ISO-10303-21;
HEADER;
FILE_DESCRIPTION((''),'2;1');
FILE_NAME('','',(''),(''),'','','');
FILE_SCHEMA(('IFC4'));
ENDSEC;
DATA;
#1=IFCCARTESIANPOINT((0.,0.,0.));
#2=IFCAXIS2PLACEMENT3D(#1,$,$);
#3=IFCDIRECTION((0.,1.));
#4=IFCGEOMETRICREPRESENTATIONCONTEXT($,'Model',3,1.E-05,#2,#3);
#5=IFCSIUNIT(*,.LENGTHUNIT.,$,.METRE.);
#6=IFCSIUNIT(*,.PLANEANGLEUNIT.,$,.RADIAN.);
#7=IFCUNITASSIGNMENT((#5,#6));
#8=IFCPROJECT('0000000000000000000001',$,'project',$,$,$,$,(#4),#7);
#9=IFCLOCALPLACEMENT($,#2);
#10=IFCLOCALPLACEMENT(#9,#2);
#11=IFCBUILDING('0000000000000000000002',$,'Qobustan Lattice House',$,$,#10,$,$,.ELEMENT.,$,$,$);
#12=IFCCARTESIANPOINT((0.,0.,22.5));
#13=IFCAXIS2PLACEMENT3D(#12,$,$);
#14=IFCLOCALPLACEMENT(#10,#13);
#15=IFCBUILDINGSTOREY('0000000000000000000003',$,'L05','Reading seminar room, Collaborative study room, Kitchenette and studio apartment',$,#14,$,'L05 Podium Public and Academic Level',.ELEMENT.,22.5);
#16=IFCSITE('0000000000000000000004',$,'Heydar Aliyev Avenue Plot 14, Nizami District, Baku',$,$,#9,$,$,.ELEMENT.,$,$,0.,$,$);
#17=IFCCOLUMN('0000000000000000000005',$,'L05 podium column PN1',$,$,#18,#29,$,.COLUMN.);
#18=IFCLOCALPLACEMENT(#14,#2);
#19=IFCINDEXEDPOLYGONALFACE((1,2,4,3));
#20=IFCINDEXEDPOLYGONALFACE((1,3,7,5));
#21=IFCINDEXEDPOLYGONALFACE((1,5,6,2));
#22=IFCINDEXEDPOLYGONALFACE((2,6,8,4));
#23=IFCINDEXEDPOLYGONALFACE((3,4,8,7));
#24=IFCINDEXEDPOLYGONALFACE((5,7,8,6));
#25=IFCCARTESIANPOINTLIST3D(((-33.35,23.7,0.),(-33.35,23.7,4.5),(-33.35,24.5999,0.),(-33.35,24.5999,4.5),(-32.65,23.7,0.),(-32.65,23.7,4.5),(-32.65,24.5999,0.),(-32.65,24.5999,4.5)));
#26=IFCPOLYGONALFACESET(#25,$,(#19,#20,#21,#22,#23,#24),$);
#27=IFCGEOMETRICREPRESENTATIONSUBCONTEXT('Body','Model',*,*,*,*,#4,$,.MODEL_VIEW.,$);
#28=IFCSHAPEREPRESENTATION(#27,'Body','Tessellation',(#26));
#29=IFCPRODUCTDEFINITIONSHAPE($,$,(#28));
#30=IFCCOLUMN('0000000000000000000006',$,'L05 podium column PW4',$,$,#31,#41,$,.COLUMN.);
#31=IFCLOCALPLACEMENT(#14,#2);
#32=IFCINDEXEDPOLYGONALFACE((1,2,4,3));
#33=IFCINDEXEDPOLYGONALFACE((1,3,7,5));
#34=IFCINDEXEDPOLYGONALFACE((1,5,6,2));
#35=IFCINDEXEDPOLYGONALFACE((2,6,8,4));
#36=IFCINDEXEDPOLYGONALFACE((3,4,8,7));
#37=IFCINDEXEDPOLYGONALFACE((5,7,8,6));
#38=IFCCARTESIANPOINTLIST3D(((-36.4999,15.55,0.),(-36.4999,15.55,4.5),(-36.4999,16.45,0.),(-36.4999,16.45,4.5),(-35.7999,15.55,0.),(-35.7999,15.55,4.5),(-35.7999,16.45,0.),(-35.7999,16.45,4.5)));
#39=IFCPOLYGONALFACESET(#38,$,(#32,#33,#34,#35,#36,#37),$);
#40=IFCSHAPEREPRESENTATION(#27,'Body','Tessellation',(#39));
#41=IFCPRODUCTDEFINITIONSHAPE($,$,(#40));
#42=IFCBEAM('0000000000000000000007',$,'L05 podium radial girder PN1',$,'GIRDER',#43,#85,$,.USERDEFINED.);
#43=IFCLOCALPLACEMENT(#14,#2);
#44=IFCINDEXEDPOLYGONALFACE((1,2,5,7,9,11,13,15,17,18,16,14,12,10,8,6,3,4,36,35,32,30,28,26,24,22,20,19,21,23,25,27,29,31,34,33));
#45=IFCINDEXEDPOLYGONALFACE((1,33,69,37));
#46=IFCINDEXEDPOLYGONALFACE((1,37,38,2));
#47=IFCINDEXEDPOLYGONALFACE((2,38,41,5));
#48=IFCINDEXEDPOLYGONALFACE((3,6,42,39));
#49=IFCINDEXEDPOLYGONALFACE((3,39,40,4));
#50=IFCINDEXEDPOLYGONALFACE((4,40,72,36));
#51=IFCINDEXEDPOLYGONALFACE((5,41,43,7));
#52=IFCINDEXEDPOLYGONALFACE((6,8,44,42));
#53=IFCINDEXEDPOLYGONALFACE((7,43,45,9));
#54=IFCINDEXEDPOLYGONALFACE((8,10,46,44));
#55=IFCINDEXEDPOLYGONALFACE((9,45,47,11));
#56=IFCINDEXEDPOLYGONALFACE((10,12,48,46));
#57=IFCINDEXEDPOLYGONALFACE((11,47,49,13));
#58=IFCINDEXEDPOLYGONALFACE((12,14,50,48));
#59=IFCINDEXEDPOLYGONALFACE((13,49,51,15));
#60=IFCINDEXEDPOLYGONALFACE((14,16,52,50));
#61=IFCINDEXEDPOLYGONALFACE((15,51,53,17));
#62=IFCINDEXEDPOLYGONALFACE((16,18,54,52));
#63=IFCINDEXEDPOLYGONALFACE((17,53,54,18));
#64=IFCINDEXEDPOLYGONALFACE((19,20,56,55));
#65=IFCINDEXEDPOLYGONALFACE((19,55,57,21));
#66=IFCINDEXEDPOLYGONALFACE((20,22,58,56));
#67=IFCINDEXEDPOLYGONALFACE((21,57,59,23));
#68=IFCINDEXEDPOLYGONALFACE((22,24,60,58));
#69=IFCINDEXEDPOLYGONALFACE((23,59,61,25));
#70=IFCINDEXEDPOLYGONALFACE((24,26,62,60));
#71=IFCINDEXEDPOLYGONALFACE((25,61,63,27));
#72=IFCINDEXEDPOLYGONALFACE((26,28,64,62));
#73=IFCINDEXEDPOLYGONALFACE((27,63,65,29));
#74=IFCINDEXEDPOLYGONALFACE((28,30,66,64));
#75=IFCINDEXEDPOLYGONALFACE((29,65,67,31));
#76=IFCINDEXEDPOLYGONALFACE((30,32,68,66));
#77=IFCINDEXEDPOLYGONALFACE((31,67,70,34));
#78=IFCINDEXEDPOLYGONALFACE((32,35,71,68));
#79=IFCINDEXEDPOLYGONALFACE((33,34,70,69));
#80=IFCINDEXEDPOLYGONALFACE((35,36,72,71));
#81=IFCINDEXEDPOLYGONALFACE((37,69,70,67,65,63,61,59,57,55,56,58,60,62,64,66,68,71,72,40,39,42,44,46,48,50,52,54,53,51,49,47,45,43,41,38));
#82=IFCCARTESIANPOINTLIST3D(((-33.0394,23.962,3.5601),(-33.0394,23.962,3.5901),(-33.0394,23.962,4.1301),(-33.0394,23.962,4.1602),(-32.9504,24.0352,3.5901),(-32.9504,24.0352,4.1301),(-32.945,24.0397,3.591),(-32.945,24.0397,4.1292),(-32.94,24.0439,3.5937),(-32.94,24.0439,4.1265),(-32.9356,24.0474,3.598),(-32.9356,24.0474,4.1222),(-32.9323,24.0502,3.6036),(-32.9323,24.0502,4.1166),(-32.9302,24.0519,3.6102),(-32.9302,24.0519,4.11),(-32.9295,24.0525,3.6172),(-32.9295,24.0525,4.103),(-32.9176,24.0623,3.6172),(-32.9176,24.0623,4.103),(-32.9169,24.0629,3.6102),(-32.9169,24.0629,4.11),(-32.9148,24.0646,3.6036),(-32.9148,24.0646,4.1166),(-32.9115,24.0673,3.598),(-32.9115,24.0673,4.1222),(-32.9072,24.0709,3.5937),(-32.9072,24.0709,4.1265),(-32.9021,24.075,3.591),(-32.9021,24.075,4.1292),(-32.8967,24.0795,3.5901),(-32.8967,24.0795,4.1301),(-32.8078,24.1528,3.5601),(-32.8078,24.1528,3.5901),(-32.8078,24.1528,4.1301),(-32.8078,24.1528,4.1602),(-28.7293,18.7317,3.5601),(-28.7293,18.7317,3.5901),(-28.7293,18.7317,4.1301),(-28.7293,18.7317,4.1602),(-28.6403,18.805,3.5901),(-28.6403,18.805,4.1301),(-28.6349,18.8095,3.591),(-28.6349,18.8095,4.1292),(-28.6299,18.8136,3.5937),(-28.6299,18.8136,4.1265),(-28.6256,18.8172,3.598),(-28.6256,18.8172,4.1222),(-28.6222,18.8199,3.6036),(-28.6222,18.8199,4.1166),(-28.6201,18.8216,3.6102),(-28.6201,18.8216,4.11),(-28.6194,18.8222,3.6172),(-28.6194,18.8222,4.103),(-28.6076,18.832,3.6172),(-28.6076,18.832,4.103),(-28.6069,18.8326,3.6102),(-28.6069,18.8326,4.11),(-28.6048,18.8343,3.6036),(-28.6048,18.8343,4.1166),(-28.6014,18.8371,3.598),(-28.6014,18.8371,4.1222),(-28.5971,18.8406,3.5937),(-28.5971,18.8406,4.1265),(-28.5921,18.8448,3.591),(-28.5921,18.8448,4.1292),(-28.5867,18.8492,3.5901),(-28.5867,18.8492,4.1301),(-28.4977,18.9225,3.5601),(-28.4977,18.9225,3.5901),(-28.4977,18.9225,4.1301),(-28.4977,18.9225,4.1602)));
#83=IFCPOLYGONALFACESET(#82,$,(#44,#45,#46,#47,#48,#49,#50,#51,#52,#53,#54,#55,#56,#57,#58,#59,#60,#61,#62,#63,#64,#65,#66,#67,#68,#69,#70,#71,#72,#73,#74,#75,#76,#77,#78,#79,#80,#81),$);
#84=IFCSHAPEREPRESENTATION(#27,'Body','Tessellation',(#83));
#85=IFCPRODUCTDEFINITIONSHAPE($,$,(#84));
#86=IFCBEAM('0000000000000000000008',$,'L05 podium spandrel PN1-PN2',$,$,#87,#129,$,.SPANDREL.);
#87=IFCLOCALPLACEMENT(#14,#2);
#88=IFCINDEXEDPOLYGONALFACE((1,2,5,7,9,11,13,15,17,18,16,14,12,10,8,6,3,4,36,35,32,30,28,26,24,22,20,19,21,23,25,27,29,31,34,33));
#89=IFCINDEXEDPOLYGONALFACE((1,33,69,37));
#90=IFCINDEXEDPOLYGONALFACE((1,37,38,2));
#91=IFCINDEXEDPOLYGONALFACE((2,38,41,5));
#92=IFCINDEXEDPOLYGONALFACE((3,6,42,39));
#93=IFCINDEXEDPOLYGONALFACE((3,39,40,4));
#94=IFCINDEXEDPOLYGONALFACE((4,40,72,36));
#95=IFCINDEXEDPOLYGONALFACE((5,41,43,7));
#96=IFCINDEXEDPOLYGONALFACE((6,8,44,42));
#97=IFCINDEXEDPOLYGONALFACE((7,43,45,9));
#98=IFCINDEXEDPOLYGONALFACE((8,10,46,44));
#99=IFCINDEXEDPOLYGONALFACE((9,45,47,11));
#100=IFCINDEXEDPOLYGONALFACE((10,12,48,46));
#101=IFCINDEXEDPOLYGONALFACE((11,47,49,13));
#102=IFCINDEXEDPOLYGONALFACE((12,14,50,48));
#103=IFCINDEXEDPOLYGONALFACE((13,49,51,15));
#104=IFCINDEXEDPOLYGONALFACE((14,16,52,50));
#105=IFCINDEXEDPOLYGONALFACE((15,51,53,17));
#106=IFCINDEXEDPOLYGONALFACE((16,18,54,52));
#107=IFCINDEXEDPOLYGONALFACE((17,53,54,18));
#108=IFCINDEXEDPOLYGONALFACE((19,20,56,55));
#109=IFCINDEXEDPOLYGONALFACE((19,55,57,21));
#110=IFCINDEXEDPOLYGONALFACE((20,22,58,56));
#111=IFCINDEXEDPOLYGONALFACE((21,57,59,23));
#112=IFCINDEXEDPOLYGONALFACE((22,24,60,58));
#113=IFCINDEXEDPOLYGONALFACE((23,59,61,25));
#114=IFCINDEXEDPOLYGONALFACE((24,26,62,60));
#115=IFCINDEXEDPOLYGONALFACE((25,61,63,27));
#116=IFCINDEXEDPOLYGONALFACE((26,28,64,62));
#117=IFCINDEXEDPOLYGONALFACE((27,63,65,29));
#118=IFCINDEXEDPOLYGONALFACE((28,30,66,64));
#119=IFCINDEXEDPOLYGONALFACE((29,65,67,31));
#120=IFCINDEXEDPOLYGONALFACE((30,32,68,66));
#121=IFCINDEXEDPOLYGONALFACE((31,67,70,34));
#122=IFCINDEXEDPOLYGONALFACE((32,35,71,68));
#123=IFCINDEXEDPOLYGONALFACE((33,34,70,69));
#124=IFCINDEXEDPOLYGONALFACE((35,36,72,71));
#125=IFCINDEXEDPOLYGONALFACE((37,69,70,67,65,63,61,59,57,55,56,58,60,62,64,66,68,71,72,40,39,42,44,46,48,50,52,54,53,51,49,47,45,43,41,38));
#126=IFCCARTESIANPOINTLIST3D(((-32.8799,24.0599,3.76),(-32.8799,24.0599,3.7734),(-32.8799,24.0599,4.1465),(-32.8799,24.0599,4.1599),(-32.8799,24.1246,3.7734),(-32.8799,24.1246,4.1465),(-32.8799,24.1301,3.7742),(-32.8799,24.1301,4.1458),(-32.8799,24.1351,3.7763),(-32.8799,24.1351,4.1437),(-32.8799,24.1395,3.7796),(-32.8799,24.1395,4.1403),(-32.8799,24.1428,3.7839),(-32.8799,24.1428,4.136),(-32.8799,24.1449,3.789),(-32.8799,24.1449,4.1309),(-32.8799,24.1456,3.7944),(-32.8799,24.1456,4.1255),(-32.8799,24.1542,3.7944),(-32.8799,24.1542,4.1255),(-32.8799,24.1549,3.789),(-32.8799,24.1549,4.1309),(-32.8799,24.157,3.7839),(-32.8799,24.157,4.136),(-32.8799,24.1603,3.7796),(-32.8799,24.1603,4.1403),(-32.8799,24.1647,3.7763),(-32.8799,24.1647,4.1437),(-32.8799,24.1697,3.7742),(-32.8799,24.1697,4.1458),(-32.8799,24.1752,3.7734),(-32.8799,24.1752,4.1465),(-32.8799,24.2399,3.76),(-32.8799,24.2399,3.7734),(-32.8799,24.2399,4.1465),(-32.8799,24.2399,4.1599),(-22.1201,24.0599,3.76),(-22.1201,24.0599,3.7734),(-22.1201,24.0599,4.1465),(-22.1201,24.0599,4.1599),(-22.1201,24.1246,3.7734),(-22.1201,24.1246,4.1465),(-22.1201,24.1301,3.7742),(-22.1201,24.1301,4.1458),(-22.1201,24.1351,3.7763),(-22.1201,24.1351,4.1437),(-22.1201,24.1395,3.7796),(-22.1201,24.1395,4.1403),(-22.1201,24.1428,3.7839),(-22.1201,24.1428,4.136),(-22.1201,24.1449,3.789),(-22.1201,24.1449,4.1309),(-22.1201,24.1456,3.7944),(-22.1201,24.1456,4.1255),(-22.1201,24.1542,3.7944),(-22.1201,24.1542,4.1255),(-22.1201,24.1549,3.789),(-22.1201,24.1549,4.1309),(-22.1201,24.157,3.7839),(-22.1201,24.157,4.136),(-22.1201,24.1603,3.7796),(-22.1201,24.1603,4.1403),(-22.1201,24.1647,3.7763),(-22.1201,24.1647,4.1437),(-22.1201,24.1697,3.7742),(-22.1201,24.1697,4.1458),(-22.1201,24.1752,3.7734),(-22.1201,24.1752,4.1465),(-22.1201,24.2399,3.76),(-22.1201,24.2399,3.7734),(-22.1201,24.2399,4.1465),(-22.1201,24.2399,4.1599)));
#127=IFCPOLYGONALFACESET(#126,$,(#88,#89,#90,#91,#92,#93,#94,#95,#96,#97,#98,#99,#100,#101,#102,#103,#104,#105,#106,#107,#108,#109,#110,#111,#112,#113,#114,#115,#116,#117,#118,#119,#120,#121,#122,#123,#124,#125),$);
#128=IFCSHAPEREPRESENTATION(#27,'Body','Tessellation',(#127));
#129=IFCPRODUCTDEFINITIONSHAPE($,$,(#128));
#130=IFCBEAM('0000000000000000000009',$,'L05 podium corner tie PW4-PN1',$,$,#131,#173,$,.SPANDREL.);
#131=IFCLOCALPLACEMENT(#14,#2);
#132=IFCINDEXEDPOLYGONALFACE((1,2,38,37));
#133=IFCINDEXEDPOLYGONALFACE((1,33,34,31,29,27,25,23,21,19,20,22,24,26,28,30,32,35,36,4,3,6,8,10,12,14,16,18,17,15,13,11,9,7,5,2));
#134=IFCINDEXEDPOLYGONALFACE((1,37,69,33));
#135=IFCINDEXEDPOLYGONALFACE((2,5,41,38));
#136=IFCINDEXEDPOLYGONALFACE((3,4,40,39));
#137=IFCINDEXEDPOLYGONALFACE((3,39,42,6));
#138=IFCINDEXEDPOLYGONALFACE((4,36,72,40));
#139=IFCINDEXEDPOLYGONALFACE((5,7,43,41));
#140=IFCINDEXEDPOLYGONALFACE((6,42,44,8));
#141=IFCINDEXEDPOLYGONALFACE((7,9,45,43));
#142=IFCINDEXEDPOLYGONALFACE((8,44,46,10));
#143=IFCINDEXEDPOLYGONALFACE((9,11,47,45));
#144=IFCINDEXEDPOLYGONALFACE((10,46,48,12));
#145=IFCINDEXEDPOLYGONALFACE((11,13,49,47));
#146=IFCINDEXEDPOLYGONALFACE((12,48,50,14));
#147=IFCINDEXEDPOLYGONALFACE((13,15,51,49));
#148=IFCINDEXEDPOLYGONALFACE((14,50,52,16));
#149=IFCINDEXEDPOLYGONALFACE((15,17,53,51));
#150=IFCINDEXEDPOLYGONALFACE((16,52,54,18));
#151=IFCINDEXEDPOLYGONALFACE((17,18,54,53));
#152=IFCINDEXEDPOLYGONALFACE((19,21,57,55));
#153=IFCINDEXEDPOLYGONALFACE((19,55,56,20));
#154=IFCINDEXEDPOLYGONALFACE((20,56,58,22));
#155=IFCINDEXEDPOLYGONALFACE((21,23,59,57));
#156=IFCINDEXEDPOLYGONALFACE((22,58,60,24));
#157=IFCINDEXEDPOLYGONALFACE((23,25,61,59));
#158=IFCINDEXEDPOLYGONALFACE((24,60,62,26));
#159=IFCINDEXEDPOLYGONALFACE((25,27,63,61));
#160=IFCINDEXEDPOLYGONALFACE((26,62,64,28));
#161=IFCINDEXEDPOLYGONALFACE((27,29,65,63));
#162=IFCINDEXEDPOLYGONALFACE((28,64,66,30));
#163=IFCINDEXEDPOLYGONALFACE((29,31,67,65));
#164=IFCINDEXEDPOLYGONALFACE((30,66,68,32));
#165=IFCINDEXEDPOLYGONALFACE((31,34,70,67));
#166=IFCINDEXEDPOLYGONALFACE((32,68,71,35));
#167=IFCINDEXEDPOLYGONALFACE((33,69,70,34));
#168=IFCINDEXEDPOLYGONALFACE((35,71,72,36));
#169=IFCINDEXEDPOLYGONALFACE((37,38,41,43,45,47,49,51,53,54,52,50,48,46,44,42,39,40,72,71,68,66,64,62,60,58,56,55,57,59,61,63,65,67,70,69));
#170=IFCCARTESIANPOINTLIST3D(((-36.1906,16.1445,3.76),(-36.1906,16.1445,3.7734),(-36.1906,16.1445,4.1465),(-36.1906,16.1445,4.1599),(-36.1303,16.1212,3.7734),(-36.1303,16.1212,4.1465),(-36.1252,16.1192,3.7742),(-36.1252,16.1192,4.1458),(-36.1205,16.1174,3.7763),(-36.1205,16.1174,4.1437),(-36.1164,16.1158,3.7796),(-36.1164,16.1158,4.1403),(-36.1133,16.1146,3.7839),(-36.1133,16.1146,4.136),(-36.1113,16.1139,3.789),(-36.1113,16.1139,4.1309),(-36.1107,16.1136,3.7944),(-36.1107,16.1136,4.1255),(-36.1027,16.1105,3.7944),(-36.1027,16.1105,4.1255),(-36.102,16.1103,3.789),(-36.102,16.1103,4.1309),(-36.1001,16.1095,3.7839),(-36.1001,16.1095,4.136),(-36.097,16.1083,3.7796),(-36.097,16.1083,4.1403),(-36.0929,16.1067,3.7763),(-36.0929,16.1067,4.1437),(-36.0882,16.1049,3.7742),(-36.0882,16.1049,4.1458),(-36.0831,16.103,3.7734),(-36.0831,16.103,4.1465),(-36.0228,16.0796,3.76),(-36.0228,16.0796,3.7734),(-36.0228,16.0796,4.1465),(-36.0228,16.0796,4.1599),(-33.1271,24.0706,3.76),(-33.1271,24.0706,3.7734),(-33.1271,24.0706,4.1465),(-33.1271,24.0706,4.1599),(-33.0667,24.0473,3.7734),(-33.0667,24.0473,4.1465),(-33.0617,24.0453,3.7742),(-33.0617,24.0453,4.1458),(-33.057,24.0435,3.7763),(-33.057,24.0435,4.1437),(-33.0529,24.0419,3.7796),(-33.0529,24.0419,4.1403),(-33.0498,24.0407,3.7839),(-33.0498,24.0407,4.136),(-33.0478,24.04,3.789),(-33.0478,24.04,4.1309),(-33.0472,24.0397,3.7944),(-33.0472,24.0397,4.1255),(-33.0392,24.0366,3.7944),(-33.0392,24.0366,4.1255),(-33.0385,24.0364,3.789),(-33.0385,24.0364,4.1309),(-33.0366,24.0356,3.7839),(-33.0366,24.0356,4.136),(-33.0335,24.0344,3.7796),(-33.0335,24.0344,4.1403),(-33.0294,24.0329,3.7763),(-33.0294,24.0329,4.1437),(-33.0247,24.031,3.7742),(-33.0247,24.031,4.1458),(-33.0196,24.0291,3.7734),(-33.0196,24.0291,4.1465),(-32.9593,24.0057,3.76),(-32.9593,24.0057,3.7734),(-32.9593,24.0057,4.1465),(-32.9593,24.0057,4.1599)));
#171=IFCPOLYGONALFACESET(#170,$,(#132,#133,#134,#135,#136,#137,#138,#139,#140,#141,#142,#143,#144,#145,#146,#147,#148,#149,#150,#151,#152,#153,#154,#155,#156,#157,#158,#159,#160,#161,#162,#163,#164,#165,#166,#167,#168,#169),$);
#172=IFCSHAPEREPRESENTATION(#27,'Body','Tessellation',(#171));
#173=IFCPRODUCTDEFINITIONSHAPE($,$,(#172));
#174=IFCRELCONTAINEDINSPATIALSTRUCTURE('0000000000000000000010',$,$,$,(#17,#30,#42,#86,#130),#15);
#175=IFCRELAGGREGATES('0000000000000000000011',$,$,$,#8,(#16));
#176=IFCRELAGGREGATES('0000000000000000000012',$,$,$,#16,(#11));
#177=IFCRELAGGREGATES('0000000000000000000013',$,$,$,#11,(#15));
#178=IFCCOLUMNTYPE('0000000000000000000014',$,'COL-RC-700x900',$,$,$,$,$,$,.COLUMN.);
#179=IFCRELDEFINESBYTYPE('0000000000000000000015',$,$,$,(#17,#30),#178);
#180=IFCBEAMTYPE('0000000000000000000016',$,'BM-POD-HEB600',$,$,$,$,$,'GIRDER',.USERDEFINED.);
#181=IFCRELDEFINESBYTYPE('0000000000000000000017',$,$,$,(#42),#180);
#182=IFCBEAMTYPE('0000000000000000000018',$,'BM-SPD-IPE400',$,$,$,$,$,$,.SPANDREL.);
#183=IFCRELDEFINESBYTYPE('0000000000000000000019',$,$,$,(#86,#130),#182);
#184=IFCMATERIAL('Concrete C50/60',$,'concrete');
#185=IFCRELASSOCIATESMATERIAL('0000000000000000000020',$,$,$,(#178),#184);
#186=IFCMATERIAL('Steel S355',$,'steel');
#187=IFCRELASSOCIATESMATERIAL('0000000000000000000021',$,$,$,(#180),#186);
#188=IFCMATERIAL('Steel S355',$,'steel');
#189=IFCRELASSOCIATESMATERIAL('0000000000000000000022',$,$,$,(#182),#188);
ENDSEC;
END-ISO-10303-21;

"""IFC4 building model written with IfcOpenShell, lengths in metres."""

from ifc_helpers import new_model, si_unit, direction, frame, origin, origin_2d, place, context, subcontext, project, spatial, rectangle, i_section, extrude, material, material_profile, profile_set, type_object, element, save


model = new_model("IFC4")

# Units and contexts
model_context = context("Model", 3, precision=1e-05, world=origin(), true_north=direction((0.0, 1.0)))
body_context = subcontext(model_context, "Body", "Model", "MODEL_VIEW")
ifc_project = project(units=[si_unit("LENGTHUNIT", "METRE"), si_unit("PLANEANGLEUNIT", "RADIAN")], contexts=[model_context])

# Site, building, storey
site_placement = place(None, origin())
site = spatial("IfcSite", under=ifc_project, at=site_placement, Name="Heydar Aliyev Avenue Plot 14, Nizami District, Baku", CompositionType="ELEMENT", RefElevation=0.0)
building_placement = place(site_placement, origin())
building = spatial("IfcBuilding", under=site, at=building_placement, Name="Qobustan Lattice House", CompositionType="ELEMENT")
storey_placement = place(building_placement, frame((0.0, 0.0, 22.5)))
storey = spatial("IfcBuildingStorey", under=building, at=storey_placement, Name="L05", Description="Reading seminar room, Collaborative study room, Kitchenette and studio apartment", LongName="L05 Podium Public and Academic Level", CompositionType="ELEMENT", Elevation=22.5)

# Columns
ifc_material_1 = material(Name="Concrete C50/60", Category="concrete")
ifc_material_profile_1 = material_profile(ifc_material_1, rectangle(XDim=0.7, YDim=0.8999, at=origin_2d()), Name="RC700x900")
ifc_profile_set_1 = profile_set([ifc_material_profile_1], Name="Concrete C50/60")
column_type = type_object("IfcColumnType", Name="COL-RC-700x900", PredefinedType="COLUMN", material=ifc_profile_set_1)
for number, where, z_axis, x_axis, name in (
    (1, (-33.0, 24.1499, 0.0), (0.0, 0.0, 1.0), (1.0, 0.0, 0.0), "L05 podium column PN1"),
    (2, (-36.1499, 16.0, 0.0), (0.0, 0.0, 1.0), (1.0, 0.0, 0.0), "L05 podium column PW4"),
):
    element("IfcColumn", number, at=place(storey_placement, frame(where, z_axis=z_axis, x_axis=x_axis)), inside=storey, type_object=column_type, Name=name, PredefinedType="COLUMN", context=body_context, shape_type="SweptSolid", body=[
        extrude(rectangle(XDim=0.7, YDim=0.8999, at=origin_2d()), origin(), (0.0, 0.0, 1.0), 4.5),
    ])

# Beams
ifc_material_2 = material(Name="Steel S355", Category="steel")
ifc_material_profile_2 = material_profile(ifc_material_2, i_section(OverallWidth=0.3, OverallDepth=0.6001, WebThickness=0.0154, FlangeThickness=0.03, FilletRadius=0.0271, at=origin_2d()), Name="HEB600")
ifc_profile_set_2 = profile_set([ifc_material_profile_2], Name="Steel S355")
beam_type_1 = type_object("IfcBeamType", Name="BM-POD-HEB600", ElementType="GIRDER", PredefinedType="USERDEFINED", material=ifc_profile_set_2)
beam_1_placement = place(storey_placement, frame((-32.9236, 24.0574, 3.8601), z_axis=(0.635955, -0.771726, 0.0), x_axis=(0.771726, 0.635955, 0.0)))
element("IfcBeam", 3, at=beam_1_placement, inside=storey, type_object=beam_type_1, Name="L05 podium radial girder PN1", ObjectType="GIRDER", PredefinedType="USERDEFINED", context=body_context, shape_type="SweptSolid", body=[
    extrude(i_section(OverallWidth=0.3, OverallDepth=0.6001, WebThickness=0.0154, FlangeThickness=0.03, FilletRadius=0.0271, at=origin_2d()), origin(), (0.0, 0.0, 1.0), 6.7773),
])
ifc_material_3 = material(Name="Steel S355", Category="steel")
ifc_material_profile_3 = material_profile(ifc_material_3, i_section(OverallWidth=0.1799, OverallDepth=0.3999, WebThickness=0.0085, FlangeThickness=0.0134, FilletRadius=0.021, at=origin_2d()), Name="IPE400")
ifc_profile_set_3 = profile_set([ifc_material_profile_3], Name="Steel S355")
beam_type_2 = type_object("IfcBeamType", Name="BM-SPD-IPE400", PredefinedType="SPANDREL", material=ifc_profile_set_3)
beam_2_placement = place(storey_placement, frame((-32.8799, 24.1499, 3.96), z_axis=(1.0, 0.0, 0.0), x_axis=(0.0, 1.0, 0.0)))
element("IfcBeam", 4, at=beam_2_placement, inside=storey, type_object=beam_type_2, Name="L05 podium spandrel PN1-PN2", PredefinedType="SPANDREL", context=body_context, shape_type="SweptSolid", body=[
    extrude(i_section(OverallWidth=0.1799, OverallDepth=0.3999, WebThickness=0.0085, FlangeThickness=0.0134, FilletRadius=0.021, at=origin_2d()), origin(), (0.0, 0.0, 1.0), 10.7598),
])
beam_3_placement = place(storey_placement, frame((-36.1067, 16.1121, 3.96), z_axis=(0.360517, 0.932753, 0.0), x_axis=(-0.932753, 0.360517, 0.0)))
element("IfcBeam", 5, at=beam_3_placement, inside=storey, type_object=beam_type_2, Name="L05 podium corner tie PW4-PN1", PredefinedType="SPANDREL", context=body_context, shape_type="SweptSolid", body=[
    extrude(i_section(OverallWidth=0.1799, OverallDepth=0.3999, WebThickness=0.0085, FlangeThickness=0.0134, FilletRadius=0.021, at=origin_2d()), origin(), (0.0, 0.0, 1.0), 8.4976),
])

save(model, "model.ifc")
